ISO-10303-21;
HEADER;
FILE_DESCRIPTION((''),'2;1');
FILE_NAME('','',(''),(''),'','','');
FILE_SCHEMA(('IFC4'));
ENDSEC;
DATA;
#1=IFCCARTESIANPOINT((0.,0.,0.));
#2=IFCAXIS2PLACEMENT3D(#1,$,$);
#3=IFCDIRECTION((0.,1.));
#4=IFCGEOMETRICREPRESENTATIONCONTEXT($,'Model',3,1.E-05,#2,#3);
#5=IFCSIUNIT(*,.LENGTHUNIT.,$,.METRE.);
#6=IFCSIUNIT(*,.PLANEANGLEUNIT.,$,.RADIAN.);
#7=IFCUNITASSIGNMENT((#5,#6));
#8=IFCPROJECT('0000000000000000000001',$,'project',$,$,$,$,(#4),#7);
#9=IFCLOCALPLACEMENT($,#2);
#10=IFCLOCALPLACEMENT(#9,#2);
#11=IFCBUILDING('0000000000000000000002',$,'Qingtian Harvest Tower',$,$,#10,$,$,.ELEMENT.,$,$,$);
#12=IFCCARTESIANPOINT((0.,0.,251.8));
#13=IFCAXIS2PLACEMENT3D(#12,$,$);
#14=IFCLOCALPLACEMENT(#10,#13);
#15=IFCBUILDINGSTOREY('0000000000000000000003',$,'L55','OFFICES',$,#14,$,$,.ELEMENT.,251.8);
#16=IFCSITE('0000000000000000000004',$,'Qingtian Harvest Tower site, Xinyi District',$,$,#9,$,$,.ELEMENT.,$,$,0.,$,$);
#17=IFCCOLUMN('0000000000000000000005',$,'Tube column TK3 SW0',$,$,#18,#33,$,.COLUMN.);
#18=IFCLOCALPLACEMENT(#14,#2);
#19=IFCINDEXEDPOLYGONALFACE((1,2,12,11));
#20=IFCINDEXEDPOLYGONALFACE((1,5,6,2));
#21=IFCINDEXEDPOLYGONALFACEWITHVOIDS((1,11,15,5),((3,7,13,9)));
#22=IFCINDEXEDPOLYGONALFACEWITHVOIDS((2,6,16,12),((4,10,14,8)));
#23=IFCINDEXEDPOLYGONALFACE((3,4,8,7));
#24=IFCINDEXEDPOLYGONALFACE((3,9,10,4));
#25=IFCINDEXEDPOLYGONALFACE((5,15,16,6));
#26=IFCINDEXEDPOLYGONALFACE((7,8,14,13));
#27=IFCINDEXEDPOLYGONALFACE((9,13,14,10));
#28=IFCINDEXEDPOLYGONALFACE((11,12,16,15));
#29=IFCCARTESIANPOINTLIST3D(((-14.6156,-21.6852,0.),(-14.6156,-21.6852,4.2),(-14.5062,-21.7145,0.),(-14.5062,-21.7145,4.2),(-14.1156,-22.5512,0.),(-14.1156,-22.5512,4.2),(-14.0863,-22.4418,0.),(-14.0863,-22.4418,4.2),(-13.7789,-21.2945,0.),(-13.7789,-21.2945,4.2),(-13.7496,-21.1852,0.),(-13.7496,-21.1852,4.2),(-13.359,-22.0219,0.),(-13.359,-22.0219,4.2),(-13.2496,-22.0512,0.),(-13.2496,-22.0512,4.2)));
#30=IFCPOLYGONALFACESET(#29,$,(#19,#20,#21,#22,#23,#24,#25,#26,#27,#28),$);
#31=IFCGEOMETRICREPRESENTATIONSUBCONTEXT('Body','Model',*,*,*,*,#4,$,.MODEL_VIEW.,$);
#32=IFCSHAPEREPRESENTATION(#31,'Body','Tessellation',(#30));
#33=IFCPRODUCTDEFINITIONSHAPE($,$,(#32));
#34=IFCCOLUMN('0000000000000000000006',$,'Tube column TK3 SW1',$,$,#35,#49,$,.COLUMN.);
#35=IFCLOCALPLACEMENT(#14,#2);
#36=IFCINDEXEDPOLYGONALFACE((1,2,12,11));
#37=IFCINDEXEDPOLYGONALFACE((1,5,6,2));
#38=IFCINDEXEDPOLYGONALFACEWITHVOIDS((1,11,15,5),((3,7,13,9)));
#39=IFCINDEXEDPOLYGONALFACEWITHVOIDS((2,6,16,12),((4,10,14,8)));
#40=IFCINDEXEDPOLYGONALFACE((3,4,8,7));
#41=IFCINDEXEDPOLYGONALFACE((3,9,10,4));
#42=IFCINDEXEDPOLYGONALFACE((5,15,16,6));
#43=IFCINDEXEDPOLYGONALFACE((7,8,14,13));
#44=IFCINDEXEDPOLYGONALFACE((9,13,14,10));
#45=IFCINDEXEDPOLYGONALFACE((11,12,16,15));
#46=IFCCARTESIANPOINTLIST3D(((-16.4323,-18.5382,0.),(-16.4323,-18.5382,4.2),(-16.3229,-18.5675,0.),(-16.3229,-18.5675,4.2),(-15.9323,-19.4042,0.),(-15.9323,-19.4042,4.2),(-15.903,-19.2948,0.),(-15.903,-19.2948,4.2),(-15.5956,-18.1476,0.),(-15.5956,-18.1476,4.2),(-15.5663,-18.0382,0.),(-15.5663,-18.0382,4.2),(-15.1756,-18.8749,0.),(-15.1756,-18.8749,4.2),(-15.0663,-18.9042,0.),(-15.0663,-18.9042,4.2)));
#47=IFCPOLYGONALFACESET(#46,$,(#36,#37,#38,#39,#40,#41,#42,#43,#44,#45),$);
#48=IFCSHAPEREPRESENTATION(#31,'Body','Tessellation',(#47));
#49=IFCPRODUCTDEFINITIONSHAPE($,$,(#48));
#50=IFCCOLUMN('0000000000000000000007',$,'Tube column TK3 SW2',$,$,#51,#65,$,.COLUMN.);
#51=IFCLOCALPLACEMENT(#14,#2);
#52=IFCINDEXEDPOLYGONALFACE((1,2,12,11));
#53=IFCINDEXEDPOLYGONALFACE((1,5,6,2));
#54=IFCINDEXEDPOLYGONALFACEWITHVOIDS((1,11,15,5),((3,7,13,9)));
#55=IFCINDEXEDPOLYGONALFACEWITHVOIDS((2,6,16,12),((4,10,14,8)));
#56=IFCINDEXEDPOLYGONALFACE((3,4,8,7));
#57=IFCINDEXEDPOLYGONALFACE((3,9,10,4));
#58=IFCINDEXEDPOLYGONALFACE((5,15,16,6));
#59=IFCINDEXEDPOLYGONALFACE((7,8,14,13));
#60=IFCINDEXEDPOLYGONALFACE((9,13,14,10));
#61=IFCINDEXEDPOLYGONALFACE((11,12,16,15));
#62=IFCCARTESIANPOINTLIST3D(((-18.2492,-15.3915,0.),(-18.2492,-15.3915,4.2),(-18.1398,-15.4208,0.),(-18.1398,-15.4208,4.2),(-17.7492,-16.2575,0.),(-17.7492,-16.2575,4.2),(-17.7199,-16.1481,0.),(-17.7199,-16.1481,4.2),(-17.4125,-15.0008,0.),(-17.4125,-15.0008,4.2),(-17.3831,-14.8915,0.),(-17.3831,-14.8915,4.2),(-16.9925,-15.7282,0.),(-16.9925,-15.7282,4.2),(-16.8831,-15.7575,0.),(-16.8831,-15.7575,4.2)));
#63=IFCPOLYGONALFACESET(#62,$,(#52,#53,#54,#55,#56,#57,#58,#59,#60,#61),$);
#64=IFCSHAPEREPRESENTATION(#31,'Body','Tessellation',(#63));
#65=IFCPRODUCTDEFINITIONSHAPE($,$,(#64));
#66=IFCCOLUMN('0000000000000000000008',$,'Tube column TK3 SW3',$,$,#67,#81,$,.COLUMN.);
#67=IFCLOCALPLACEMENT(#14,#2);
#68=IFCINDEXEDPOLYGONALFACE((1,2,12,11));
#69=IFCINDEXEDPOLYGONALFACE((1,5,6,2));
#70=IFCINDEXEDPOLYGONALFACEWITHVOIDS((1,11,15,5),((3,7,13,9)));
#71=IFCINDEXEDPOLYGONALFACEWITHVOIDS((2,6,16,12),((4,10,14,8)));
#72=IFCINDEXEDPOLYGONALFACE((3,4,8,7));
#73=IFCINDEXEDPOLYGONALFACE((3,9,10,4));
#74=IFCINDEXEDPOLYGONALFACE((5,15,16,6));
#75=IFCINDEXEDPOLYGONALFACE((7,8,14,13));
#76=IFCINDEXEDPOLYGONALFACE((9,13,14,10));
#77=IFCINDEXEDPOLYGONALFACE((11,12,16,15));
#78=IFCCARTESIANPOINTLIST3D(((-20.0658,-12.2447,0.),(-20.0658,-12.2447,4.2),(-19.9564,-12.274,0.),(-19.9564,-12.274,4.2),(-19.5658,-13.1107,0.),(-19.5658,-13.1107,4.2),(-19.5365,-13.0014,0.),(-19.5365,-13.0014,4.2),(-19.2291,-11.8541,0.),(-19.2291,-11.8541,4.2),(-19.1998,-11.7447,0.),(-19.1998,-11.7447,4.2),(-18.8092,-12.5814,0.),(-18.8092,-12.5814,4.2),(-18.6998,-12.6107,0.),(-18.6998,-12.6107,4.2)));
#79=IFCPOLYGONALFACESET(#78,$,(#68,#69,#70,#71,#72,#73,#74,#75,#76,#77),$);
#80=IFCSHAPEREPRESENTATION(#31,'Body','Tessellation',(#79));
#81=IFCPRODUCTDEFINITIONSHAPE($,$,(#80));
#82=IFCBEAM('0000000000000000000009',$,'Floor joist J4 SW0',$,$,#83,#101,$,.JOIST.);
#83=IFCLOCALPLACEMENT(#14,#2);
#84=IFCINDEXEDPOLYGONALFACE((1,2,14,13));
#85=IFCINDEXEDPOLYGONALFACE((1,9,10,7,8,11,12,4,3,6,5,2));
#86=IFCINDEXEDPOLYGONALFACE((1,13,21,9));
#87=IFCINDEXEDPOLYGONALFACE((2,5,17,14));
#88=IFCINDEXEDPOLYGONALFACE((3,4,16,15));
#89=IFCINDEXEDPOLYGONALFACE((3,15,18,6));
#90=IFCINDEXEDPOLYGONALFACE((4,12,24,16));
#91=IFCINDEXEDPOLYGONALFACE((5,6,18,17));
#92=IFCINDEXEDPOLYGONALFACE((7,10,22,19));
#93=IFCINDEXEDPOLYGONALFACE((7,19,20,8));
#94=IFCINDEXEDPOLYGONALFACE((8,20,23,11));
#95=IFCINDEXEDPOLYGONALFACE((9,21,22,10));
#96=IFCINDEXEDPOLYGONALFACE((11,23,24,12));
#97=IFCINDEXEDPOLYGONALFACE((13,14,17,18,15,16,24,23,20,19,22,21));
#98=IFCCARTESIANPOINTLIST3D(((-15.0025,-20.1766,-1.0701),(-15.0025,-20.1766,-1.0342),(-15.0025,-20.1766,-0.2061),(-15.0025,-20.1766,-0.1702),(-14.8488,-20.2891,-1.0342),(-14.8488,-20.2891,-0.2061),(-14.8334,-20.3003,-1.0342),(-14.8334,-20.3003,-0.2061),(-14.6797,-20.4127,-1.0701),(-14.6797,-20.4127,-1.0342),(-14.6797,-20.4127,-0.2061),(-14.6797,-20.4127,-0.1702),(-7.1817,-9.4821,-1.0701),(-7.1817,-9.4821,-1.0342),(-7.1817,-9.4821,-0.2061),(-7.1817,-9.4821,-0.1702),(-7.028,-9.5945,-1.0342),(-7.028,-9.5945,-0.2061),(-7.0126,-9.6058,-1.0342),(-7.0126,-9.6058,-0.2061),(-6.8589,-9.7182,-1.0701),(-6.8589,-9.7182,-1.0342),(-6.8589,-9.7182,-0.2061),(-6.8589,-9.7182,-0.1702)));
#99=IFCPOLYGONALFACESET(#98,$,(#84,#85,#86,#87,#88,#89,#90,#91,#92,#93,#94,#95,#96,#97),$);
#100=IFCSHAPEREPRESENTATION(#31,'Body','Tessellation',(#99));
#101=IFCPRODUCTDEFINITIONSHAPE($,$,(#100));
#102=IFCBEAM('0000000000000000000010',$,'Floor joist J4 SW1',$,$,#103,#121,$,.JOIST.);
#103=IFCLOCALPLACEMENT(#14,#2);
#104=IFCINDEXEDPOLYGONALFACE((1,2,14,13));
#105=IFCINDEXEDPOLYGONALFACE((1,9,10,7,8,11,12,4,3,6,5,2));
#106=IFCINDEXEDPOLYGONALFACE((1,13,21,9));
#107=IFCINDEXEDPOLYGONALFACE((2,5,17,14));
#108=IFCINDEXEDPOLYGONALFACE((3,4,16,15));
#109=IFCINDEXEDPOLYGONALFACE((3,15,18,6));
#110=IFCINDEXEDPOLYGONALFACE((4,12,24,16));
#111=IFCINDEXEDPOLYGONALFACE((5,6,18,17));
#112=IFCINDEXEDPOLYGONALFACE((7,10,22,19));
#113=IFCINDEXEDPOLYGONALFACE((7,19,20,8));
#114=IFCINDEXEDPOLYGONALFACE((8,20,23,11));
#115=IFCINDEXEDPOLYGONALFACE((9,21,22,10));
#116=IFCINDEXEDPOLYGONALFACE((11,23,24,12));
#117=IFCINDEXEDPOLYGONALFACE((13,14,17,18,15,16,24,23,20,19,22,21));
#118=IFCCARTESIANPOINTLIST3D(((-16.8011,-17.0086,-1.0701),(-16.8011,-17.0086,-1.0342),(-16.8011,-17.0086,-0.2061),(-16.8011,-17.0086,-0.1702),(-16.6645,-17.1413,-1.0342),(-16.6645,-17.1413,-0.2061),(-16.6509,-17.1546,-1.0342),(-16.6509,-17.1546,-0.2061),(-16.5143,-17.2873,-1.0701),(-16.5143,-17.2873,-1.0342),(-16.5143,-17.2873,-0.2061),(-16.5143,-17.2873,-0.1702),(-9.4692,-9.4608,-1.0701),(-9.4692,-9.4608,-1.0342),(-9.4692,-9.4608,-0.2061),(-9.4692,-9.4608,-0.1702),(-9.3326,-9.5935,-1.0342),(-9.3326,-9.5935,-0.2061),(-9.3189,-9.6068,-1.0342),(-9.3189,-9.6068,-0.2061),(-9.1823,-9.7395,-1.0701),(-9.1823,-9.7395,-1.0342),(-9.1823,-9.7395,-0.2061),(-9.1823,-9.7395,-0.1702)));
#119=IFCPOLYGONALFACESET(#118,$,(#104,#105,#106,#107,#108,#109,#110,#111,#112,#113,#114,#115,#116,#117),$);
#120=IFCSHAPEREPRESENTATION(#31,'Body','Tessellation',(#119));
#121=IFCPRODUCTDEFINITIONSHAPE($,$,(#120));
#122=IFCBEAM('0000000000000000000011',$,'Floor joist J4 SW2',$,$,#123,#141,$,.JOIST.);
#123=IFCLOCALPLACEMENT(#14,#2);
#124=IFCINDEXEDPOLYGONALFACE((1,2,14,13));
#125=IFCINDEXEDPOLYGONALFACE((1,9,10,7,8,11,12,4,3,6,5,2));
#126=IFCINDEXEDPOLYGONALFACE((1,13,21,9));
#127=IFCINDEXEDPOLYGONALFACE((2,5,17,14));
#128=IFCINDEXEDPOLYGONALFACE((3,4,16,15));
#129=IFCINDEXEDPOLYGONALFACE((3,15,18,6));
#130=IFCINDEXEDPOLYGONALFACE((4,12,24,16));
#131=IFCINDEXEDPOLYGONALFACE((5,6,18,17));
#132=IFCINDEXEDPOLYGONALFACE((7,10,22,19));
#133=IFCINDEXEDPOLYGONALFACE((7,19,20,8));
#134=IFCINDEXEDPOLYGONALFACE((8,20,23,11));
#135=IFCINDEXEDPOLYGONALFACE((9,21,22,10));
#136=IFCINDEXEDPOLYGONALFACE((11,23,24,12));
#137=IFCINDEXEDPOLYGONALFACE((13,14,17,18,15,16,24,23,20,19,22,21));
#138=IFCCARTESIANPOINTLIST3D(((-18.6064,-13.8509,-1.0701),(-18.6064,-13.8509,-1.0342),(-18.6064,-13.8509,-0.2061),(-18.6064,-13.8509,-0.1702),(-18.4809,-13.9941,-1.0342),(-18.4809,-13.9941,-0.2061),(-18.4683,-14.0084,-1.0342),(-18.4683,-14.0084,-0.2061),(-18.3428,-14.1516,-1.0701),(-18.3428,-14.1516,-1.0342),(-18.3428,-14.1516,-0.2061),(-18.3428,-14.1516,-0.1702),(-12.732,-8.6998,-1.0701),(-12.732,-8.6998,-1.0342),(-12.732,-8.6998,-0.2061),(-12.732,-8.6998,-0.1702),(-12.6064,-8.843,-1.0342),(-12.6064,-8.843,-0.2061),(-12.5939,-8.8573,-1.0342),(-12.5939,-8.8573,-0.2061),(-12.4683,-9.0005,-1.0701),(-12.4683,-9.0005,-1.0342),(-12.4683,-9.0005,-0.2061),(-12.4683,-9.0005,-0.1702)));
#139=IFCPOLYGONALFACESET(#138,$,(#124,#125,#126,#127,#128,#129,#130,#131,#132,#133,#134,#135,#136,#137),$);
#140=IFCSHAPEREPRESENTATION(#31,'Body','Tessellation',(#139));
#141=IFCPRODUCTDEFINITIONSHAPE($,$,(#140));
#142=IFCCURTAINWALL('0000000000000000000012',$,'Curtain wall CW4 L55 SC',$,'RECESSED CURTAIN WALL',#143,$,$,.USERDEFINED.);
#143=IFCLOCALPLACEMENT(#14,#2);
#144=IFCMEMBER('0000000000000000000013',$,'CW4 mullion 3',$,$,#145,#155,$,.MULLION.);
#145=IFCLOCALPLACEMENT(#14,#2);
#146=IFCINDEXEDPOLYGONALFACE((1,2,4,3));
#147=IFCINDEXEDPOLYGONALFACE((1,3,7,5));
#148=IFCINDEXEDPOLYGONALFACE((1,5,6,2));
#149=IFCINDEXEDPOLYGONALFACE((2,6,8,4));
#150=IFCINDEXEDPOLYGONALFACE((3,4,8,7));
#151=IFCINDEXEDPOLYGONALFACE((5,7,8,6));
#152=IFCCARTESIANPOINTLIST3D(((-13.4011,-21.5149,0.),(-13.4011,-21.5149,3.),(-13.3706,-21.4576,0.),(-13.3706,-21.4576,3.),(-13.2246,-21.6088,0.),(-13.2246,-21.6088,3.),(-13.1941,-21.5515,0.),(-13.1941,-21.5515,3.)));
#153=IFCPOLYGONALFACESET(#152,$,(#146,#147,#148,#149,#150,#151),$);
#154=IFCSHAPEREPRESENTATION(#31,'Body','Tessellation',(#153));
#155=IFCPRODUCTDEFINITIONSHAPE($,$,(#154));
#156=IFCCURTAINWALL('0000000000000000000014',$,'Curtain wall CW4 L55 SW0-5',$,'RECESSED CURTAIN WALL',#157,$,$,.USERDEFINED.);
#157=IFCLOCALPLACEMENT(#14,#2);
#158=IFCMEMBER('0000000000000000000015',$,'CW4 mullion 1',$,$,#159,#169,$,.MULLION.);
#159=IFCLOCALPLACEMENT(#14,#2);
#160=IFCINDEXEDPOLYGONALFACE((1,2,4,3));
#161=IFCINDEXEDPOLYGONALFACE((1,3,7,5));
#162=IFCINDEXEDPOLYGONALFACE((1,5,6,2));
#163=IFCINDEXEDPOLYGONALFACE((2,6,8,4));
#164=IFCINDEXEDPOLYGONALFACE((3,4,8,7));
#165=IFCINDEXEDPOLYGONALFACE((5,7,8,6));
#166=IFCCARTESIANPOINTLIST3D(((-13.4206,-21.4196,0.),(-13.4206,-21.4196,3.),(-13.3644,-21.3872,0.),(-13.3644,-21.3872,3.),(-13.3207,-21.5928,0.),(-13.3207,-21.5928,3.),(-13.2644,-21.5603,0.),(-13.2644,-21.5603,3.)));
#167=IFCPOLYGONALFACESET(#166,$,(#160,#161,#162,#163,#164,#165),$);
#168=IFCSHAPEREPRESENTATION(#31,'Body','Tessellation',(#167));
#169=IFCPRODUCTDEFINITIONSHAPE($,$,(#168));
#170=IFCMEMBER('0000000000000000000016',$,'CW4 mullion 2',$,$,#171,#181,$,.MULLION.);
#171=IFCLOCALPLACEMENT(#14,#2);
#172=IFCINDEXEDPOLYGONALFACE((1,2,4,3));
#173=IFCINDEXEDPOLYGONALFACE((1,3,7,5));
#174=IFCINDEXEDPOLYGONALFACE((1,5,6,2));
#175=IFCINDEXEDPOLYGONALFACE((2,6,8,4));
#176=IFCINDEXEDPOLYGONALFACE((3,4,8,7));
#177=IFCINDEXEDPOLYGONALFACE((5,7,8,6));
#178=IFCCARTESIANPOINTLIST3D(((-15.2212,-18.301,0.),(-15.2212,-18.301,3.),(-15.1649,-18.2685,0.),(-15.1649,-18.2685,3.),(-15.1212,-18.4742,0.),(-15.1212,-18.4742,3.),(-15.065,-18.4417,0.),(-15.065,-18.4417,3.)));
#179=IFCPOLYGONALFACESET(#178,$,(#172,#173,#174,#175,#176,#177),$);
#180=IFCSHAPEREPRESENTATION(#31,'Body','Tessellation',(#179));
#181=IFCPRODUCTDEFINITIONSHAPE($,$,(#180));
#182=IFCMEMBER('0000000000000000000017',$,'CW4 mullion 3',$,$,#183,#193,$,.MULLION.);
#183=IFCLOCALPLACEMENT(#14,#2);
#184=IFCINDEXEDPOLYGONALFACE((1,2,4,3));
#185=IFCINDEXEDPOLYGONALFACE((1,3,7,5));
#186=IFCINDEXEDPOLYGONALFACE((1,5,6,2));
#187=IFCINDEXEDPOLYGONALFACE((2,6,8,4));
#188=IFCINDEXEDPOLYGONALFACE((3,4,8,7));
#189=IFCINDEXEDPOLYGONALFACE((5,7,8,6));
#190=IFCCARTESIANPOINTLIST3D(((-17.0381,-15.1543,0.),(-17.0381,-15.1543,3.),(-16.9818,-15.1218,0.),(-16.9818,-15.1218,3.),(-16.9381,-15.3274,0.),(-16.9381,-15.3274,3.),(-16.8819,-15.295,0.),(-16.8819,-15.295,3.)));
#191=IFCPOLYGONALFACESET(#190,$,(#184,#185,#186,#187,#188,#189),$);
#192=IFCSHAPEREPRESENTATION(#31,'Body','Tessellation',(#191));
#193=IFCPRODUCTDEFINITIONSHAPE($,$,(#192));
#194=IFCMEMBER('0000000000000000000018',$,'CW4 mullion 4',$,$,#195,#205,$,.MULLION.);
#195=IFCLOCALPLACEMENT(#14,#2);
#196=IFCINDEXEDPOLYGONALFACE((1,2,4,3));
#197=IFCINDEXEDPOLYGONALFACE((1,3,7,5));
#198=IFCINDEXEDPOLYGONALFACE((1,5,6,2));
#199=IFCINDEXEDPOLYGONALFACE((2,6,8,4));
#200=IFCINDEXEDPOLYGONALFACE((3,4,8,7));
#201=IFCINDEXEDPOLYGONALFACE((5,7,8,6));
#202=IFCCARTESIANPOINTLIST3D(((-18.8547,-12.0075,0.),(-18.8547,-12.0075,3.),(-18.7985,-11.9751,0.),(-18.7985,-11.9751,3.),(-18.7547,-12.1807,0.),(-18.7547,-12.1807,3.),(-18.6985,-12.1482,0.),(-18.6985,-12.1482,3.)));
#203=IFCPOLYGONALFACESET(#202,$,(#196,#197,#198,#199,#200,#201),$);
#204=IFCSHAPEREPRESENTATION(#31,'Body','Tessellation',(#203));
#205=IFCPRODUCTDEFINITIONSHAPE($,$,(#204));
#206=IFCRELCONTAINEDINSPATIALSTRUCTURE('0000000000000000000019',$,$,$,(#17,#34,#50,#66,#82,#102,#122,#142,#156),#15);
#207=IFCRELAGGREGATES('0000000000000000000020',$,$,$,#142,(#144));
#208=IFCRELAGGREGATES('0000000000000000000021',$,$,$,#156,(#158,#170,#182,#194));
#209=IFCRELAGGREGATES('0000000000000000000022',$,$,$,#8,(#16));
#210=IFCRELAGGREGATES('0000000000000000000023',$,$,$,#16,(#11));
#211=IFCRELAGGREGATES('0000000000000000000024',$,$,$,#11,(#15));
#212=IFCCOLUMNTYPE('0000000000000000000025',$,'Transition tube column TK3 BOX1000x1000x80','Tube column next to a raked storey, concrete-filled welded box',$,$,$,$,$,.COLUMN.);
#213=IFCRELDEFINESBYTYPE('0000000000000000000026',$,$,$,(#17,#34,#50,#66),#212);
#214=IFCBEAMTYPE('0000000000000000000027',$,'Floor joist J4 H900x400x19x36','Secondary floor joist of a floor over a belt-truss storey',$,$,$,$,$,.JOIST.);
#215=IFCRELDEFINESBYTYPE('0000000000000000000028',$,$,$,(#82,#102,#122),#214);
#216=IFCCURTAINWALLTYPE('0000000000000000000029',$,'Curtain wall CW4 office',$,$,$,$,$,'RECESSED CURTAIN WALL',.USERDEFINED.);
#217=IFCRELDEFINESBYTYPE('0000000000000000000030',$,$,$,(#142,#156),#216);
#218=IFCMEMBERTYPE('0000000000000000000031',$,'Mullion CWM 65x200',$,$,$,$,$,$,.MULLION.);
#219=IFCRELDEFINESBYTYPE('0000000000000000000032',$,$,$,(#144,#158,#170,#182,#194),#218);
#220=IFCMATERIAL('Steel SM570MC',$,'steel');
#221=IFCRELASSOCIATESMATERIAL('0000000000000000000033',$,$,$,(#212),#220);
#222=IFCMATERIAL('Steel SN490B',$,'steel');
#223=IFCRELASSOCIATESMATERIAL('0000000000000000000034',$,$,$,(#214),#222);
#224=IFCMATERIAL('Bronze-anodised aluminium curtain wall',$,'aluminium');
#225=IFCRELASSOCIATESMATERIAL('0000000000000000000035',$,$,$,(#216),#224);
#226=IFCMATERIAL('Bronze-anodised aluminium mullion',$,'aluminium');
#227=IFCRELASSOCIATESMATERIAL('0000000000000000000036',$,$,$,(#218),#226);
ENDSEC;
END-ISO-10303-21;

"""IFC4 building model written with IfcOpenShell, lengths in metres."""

from ifc_helpers import new_model, si_unit, direction, frame, origin, origin_2d, place, context, subcontext, project, spatial, rectangle, hollow_rectangle, i_section, extrude, material, material_profile, profile_set, type_object, element, aggregate, save


model = new_model("IFC4")

# Units and contexts
model_context = context("Model", 3, precision=1e-05, world=origin(), true_north=direction((0.0, 1.0)))
body_context = subcontext(model_context, "Body", "Model", "MODEL_VIEW")
ifc_project = project(units=[si_unit("LENGTHUNIT", "METRE"), si_unit("PLANEANGLEUNIT", "RADIAN")], contexts=[model_context])

# Site, building, storey
site_placement = place(None, origin())
site = spatial("IfcSite", under=ifc_project, at=site_placement, Name="Qingtian Harvest Tower site, Xinyi District", CompositionType="ELEMENT", RefElevation=0.0)
building_placement = place(site_placement, origin())
building = spatial("IfcBuilding", under=site, at=building_placement, Name="Qingtian Harvest Tower", CompositionType="ELEMENT")
storey_placement = place(building_placement, frame((0.0, 0.0, 251.8)))
storey = spatial("IfcBuildingStorey", under=building, at=storey_placement, Name="L55", Description="OFFICES", CompositionType="ELEMENT", Elevation=251.8)

# Columns
ifc_material_1 = material(Name="Steel SM570MC", Category="steel")
ifc_material_profile_1 = material_profile(ifc_material_1, hollow_rectangle(XDim=1.0, YDim=1.0, WallThickness=0.0801, at=origin_2d()), Name="BOX1000x1000x80")
ifc_profile_set_1 = profile_set([ifc_material_profile_1], Name="Steel SM570MC")
column_type = type_object("IfcColumnType", Name="Transition tube column TK3 BOX1000x1000x80", Description="Tube column next to a raked storey, concrete-filled welded box", PredefinedType="COLUMN", material=ifc_profile_set_1)
for number, where, z_axis, x_axis, name in (
    (1, (-13.9326, -21.8682, 0.0), (0.0, 0.0, 1.0), (0.5, -0.866025, 0.0), "Tube column TK3 SW0"),
    (2, (-15.7493, -18.7212, 0.0), (0.0, 0.0, 1.0), (0.5, -0.866025, 0.0), "Tube column TK3 SW1"),
    (3, (-17.5662, -15.5745, 0.0), (0.0, 0.0, 1.0), (0.5, -0.866025, 0.0), "Tube column TK3 SW2"),
    (4, (-19.3828, -12.4277, 0.0), (0.0, 0.0, 1.0), (0.5, -0.866025, 0.0), "Tube column TK3 SW3"),
):
    element("IfcColumn", number, at=place(storey_placement, frame(where, z_axis=z_axis, x_axis=x_axis)), inside=storey, type_object=column_type, Name=name, PredefinedType="COLUMN", context=body_context, shape_type="SweptSolid", body=[
        extrude(hollow_rectangle(XDim=1.0, YDim=1.0, WallThickness=0.0801, at=origin_2d()), origin(), (0.0, 0.0, 1.0), 4.2),
    ])

# Beams
ifc_material_2 = material(Name="Steel SN490B", Category="steel")
ifc_material_profile_2 = material_profile(ifc_material_2, i_section(OverallWidth=0.3999, OverallDepth=0.8999, WebThickness=0.019, FlangeThickness=0.0359, at=origin_2d()), Name="H900x400x19x36")
ifc_profile_set_2 = profile_set([ifc_material_profile_2], Name="Steel SN490B")
beam_type_1 = type_object("IfcBeamType", Name="Floor joist J4 H900x400x19x36", Description="Secondary floor joist of a floor over a belt-truss storey", PredefinedType="JOIST", material=ifc_profile_set_2)
beam_1_placement = place(storey_placement, frame((-14.8411, -20.2947, -0.6201), z_axis=(0.590289, 0.807192, 0.0), x_axis=(-0.807192, 0.590289, 0.0)))
element("IfcBeam", 5, at=beam_1_placement, inside=storey, type_object=beam_type_1, Name="Floor joist J4 SW0", PredefinedType="JOIST", context=body_context, shape_type="SweptSolid", body=[
    extrude(i_section(OverallWidth=0.3999, OverallDepth=0.8999, WebThickness=0.019, FlangeThickness=0.0359, at=origin_2d()), origin(), (0.0, 0.0, 1.0), 13.249),
])
beam_2_placement = place(storey_placement, frame((-16.6577, -17.1479, -0.6201), z_axis=(0.696777, 0.717287, 0.0), x_axis=(-0.717287, 0.696777, 0.0)))
element("IfcBeam", 6, at=beam_2_placement, inside=storey, type_object=beam_type_1, Name="Floor joist J4 SW1", PredefinedType="JOIST", context=body_context, shape_type="SweptSolid", body=[
    extrude(i_section(OverallWidth=0.3999, OverallDepth=0.8999, WebThickness=0.019, FlangeThickness=0.0359, at=origin_2d()), origin(), (0.0, 0.0, 1.0), 10.5227),
])
beam_3_placement = place(storey_placement, frame((-18.4746, -14.0012, -0.6201), z_axis=(0.751883, 0.659296, 0.0), x_axis=(-0.659296, 0.751883, 0.0)))
element("IfcBeam", 7, at=beam_3_placement, inside=storey, type_object=beam_type_1, Name="Floor joist J4 SW2", PredefinedType="JOIST", context=body_context, shape_type="SweptSolid", body=[
    extrude(i_section(OverallWidth=0.3999, OverallDepth=0.8999, WebThickness=0.019, FlangeThickness=0.0359, at=origin_2d()), origin(), (0.0, 0.0, 1.0), 7.813),
])

# Curtain wall, member
ifc_material_3 = material(Name="Bronze-anodised aluminium curtain wall", Category="aluminium")
curtain_wall_type = type_object("IfcCurtainWallType", Name="Curtain wall CW4 office", ElementType="RECESSED CURTAIN WALL", PredefinedType="USERDEFINED", material=ifc_material_3)
curtain_wall_1_placement = place(storey_placement, origin())
curtain_wall_1 = element("IfcCurtainWall", 8, at=curtain_wall_1_placement, inside=storey, type_object=curtain_wall_type, Name="Curtain wall CW4 L55 SC", ObjectType="RECESSED CURTAIN WALL", PredefinedType="USERDEFINED")
ifc_material_4 = material(Name="Bronze-anodised aluminium mullion", Category="aluminium")
ifc_material_profile_3 = material_profile(ifc_material_4, rectangle(XDim=0.0649, YDim=0.2, at=origin_2d()), Name="AL 65x200")
ifc_profile_set_3 = profile_set([ifc_material_profile_3], Name="Bronze-anodised aluminium mullion")
member_type_1 = type_object("IfcMemberType", Name="Mullion CWM 65x200", PredefinedType="MULLION", material=ifc_profile_set_3)
member_1_placement = place(storey_placement, frame((-13.2976, -21.5332, 0.0), z_axis=(0.0, 0.0, 1.0), x_axis=(-0.469472, -0.882948, 0.0)))
member_1 = element("IfcMember", 9, at=member_1_placement, type_object=member_type_1, Name="CW4 mullion 3", PredefinedType="MULLION", context=body_context, shape_type="SweptSolid", body=[
    extrude(rectangle(XDim=0.0649, YDim=0.2, at=origin_2d()), origin(), (0.0, 0.0, 1.0), 3.0),
])
aggregate(curtain_wall_1, [member_1])

# Curtain wall, members
curtain_wall_2_placement = place(storey_placement, origin())
curtain_wall_2 = element("IfcCurtainWall", 10, at=curtain_wall_2_placement, inside=storey, type_object=curtain_wall_type, Name="Curtain wall CW4 L55 SW0-5", ObjectType="RECESSED CURTAIN WALL", PredefinedType="USERDEFINED")
member_2_placement = place(storey_placement, frame((-13.3425, -21.49, 0.0), z_axis=(0.0, 0.0, 1.0), x_axis=(-0.866025, -0.5, 0.0)))
member_2 = element("IfcMember", 11, at=member_2_placement, type_object=member_type_1, Name="CW4 mullion 1", PredefinedType="MULLION", context=body_context, shape_type="SweptSolid", body=[
    extrude(rectangle(XDim=0.0649, YDim=0.2, at=origin_2d()), origin(), (0.0, 0.0, 1.0), 3.0),
])
member_3_placement = place(storey_placement, frame((-15.1431, -18.3713, 0.0), z_axis=(0.0, 0.0, 1.0), x_axis=(-0.866025, -0.5, 0.0)))
member_3 = element("IfcMember", 12, at=member_3_placement, type_object=member_type_1, Name="CW4 mullion 2", PredefinedType="MULLION", context=body_context, shape_type="SweptSolid", body=[
    extrude(rectangle(XDim=0.0649, YDim=0.2, at=origin_2d()), origin(), (0.0, 0.0, 1.0), 3.0),
])
member_4_placement = place(storey_placement, frame((-16.96, -15.2246, 0.0), z_axis=(0.0, 0.0, 1.0), x_axis=(-0.866025, -0.5, 0.0)))
member_4 = element("IfcMember", 13, at=member_4_placement, type_object=member_type_1, Name="CW4 mullion 3", PredefinedType="MULLION", context=body_context, shape_type="SweptSolid", body=[
    extrude(rectangle(XDim=0.0649, YDim=0.2, at=origin_2d()), origin(), (0.0, 0.0, 1.0), 3.0),
])
member_5_placement = place(storey_placement, frame((-18.7766, -12.0779, 0.0), z_axis=(0.0, 0.0, 1.0), x_axis=(-0.866025, -0.5, 0.0)))
member_5 = element("IfcMember", 14, at=member_5_placement, type_object=member_type_1, Name="CW4 mullion 4", PredefinedType="MULLION", context=body_context, shape_type="SweptSolid", body=[
    extrude(rectangle(XDim=0.0649, YDim=0.2, at=origin_2d()), origin(), (0.0, 0.0, 1.0), 3.0),
])

aggregate(curtain_wall_2, [member_2, member_3, member_4, member_5])

save(model, "model.ifc")
